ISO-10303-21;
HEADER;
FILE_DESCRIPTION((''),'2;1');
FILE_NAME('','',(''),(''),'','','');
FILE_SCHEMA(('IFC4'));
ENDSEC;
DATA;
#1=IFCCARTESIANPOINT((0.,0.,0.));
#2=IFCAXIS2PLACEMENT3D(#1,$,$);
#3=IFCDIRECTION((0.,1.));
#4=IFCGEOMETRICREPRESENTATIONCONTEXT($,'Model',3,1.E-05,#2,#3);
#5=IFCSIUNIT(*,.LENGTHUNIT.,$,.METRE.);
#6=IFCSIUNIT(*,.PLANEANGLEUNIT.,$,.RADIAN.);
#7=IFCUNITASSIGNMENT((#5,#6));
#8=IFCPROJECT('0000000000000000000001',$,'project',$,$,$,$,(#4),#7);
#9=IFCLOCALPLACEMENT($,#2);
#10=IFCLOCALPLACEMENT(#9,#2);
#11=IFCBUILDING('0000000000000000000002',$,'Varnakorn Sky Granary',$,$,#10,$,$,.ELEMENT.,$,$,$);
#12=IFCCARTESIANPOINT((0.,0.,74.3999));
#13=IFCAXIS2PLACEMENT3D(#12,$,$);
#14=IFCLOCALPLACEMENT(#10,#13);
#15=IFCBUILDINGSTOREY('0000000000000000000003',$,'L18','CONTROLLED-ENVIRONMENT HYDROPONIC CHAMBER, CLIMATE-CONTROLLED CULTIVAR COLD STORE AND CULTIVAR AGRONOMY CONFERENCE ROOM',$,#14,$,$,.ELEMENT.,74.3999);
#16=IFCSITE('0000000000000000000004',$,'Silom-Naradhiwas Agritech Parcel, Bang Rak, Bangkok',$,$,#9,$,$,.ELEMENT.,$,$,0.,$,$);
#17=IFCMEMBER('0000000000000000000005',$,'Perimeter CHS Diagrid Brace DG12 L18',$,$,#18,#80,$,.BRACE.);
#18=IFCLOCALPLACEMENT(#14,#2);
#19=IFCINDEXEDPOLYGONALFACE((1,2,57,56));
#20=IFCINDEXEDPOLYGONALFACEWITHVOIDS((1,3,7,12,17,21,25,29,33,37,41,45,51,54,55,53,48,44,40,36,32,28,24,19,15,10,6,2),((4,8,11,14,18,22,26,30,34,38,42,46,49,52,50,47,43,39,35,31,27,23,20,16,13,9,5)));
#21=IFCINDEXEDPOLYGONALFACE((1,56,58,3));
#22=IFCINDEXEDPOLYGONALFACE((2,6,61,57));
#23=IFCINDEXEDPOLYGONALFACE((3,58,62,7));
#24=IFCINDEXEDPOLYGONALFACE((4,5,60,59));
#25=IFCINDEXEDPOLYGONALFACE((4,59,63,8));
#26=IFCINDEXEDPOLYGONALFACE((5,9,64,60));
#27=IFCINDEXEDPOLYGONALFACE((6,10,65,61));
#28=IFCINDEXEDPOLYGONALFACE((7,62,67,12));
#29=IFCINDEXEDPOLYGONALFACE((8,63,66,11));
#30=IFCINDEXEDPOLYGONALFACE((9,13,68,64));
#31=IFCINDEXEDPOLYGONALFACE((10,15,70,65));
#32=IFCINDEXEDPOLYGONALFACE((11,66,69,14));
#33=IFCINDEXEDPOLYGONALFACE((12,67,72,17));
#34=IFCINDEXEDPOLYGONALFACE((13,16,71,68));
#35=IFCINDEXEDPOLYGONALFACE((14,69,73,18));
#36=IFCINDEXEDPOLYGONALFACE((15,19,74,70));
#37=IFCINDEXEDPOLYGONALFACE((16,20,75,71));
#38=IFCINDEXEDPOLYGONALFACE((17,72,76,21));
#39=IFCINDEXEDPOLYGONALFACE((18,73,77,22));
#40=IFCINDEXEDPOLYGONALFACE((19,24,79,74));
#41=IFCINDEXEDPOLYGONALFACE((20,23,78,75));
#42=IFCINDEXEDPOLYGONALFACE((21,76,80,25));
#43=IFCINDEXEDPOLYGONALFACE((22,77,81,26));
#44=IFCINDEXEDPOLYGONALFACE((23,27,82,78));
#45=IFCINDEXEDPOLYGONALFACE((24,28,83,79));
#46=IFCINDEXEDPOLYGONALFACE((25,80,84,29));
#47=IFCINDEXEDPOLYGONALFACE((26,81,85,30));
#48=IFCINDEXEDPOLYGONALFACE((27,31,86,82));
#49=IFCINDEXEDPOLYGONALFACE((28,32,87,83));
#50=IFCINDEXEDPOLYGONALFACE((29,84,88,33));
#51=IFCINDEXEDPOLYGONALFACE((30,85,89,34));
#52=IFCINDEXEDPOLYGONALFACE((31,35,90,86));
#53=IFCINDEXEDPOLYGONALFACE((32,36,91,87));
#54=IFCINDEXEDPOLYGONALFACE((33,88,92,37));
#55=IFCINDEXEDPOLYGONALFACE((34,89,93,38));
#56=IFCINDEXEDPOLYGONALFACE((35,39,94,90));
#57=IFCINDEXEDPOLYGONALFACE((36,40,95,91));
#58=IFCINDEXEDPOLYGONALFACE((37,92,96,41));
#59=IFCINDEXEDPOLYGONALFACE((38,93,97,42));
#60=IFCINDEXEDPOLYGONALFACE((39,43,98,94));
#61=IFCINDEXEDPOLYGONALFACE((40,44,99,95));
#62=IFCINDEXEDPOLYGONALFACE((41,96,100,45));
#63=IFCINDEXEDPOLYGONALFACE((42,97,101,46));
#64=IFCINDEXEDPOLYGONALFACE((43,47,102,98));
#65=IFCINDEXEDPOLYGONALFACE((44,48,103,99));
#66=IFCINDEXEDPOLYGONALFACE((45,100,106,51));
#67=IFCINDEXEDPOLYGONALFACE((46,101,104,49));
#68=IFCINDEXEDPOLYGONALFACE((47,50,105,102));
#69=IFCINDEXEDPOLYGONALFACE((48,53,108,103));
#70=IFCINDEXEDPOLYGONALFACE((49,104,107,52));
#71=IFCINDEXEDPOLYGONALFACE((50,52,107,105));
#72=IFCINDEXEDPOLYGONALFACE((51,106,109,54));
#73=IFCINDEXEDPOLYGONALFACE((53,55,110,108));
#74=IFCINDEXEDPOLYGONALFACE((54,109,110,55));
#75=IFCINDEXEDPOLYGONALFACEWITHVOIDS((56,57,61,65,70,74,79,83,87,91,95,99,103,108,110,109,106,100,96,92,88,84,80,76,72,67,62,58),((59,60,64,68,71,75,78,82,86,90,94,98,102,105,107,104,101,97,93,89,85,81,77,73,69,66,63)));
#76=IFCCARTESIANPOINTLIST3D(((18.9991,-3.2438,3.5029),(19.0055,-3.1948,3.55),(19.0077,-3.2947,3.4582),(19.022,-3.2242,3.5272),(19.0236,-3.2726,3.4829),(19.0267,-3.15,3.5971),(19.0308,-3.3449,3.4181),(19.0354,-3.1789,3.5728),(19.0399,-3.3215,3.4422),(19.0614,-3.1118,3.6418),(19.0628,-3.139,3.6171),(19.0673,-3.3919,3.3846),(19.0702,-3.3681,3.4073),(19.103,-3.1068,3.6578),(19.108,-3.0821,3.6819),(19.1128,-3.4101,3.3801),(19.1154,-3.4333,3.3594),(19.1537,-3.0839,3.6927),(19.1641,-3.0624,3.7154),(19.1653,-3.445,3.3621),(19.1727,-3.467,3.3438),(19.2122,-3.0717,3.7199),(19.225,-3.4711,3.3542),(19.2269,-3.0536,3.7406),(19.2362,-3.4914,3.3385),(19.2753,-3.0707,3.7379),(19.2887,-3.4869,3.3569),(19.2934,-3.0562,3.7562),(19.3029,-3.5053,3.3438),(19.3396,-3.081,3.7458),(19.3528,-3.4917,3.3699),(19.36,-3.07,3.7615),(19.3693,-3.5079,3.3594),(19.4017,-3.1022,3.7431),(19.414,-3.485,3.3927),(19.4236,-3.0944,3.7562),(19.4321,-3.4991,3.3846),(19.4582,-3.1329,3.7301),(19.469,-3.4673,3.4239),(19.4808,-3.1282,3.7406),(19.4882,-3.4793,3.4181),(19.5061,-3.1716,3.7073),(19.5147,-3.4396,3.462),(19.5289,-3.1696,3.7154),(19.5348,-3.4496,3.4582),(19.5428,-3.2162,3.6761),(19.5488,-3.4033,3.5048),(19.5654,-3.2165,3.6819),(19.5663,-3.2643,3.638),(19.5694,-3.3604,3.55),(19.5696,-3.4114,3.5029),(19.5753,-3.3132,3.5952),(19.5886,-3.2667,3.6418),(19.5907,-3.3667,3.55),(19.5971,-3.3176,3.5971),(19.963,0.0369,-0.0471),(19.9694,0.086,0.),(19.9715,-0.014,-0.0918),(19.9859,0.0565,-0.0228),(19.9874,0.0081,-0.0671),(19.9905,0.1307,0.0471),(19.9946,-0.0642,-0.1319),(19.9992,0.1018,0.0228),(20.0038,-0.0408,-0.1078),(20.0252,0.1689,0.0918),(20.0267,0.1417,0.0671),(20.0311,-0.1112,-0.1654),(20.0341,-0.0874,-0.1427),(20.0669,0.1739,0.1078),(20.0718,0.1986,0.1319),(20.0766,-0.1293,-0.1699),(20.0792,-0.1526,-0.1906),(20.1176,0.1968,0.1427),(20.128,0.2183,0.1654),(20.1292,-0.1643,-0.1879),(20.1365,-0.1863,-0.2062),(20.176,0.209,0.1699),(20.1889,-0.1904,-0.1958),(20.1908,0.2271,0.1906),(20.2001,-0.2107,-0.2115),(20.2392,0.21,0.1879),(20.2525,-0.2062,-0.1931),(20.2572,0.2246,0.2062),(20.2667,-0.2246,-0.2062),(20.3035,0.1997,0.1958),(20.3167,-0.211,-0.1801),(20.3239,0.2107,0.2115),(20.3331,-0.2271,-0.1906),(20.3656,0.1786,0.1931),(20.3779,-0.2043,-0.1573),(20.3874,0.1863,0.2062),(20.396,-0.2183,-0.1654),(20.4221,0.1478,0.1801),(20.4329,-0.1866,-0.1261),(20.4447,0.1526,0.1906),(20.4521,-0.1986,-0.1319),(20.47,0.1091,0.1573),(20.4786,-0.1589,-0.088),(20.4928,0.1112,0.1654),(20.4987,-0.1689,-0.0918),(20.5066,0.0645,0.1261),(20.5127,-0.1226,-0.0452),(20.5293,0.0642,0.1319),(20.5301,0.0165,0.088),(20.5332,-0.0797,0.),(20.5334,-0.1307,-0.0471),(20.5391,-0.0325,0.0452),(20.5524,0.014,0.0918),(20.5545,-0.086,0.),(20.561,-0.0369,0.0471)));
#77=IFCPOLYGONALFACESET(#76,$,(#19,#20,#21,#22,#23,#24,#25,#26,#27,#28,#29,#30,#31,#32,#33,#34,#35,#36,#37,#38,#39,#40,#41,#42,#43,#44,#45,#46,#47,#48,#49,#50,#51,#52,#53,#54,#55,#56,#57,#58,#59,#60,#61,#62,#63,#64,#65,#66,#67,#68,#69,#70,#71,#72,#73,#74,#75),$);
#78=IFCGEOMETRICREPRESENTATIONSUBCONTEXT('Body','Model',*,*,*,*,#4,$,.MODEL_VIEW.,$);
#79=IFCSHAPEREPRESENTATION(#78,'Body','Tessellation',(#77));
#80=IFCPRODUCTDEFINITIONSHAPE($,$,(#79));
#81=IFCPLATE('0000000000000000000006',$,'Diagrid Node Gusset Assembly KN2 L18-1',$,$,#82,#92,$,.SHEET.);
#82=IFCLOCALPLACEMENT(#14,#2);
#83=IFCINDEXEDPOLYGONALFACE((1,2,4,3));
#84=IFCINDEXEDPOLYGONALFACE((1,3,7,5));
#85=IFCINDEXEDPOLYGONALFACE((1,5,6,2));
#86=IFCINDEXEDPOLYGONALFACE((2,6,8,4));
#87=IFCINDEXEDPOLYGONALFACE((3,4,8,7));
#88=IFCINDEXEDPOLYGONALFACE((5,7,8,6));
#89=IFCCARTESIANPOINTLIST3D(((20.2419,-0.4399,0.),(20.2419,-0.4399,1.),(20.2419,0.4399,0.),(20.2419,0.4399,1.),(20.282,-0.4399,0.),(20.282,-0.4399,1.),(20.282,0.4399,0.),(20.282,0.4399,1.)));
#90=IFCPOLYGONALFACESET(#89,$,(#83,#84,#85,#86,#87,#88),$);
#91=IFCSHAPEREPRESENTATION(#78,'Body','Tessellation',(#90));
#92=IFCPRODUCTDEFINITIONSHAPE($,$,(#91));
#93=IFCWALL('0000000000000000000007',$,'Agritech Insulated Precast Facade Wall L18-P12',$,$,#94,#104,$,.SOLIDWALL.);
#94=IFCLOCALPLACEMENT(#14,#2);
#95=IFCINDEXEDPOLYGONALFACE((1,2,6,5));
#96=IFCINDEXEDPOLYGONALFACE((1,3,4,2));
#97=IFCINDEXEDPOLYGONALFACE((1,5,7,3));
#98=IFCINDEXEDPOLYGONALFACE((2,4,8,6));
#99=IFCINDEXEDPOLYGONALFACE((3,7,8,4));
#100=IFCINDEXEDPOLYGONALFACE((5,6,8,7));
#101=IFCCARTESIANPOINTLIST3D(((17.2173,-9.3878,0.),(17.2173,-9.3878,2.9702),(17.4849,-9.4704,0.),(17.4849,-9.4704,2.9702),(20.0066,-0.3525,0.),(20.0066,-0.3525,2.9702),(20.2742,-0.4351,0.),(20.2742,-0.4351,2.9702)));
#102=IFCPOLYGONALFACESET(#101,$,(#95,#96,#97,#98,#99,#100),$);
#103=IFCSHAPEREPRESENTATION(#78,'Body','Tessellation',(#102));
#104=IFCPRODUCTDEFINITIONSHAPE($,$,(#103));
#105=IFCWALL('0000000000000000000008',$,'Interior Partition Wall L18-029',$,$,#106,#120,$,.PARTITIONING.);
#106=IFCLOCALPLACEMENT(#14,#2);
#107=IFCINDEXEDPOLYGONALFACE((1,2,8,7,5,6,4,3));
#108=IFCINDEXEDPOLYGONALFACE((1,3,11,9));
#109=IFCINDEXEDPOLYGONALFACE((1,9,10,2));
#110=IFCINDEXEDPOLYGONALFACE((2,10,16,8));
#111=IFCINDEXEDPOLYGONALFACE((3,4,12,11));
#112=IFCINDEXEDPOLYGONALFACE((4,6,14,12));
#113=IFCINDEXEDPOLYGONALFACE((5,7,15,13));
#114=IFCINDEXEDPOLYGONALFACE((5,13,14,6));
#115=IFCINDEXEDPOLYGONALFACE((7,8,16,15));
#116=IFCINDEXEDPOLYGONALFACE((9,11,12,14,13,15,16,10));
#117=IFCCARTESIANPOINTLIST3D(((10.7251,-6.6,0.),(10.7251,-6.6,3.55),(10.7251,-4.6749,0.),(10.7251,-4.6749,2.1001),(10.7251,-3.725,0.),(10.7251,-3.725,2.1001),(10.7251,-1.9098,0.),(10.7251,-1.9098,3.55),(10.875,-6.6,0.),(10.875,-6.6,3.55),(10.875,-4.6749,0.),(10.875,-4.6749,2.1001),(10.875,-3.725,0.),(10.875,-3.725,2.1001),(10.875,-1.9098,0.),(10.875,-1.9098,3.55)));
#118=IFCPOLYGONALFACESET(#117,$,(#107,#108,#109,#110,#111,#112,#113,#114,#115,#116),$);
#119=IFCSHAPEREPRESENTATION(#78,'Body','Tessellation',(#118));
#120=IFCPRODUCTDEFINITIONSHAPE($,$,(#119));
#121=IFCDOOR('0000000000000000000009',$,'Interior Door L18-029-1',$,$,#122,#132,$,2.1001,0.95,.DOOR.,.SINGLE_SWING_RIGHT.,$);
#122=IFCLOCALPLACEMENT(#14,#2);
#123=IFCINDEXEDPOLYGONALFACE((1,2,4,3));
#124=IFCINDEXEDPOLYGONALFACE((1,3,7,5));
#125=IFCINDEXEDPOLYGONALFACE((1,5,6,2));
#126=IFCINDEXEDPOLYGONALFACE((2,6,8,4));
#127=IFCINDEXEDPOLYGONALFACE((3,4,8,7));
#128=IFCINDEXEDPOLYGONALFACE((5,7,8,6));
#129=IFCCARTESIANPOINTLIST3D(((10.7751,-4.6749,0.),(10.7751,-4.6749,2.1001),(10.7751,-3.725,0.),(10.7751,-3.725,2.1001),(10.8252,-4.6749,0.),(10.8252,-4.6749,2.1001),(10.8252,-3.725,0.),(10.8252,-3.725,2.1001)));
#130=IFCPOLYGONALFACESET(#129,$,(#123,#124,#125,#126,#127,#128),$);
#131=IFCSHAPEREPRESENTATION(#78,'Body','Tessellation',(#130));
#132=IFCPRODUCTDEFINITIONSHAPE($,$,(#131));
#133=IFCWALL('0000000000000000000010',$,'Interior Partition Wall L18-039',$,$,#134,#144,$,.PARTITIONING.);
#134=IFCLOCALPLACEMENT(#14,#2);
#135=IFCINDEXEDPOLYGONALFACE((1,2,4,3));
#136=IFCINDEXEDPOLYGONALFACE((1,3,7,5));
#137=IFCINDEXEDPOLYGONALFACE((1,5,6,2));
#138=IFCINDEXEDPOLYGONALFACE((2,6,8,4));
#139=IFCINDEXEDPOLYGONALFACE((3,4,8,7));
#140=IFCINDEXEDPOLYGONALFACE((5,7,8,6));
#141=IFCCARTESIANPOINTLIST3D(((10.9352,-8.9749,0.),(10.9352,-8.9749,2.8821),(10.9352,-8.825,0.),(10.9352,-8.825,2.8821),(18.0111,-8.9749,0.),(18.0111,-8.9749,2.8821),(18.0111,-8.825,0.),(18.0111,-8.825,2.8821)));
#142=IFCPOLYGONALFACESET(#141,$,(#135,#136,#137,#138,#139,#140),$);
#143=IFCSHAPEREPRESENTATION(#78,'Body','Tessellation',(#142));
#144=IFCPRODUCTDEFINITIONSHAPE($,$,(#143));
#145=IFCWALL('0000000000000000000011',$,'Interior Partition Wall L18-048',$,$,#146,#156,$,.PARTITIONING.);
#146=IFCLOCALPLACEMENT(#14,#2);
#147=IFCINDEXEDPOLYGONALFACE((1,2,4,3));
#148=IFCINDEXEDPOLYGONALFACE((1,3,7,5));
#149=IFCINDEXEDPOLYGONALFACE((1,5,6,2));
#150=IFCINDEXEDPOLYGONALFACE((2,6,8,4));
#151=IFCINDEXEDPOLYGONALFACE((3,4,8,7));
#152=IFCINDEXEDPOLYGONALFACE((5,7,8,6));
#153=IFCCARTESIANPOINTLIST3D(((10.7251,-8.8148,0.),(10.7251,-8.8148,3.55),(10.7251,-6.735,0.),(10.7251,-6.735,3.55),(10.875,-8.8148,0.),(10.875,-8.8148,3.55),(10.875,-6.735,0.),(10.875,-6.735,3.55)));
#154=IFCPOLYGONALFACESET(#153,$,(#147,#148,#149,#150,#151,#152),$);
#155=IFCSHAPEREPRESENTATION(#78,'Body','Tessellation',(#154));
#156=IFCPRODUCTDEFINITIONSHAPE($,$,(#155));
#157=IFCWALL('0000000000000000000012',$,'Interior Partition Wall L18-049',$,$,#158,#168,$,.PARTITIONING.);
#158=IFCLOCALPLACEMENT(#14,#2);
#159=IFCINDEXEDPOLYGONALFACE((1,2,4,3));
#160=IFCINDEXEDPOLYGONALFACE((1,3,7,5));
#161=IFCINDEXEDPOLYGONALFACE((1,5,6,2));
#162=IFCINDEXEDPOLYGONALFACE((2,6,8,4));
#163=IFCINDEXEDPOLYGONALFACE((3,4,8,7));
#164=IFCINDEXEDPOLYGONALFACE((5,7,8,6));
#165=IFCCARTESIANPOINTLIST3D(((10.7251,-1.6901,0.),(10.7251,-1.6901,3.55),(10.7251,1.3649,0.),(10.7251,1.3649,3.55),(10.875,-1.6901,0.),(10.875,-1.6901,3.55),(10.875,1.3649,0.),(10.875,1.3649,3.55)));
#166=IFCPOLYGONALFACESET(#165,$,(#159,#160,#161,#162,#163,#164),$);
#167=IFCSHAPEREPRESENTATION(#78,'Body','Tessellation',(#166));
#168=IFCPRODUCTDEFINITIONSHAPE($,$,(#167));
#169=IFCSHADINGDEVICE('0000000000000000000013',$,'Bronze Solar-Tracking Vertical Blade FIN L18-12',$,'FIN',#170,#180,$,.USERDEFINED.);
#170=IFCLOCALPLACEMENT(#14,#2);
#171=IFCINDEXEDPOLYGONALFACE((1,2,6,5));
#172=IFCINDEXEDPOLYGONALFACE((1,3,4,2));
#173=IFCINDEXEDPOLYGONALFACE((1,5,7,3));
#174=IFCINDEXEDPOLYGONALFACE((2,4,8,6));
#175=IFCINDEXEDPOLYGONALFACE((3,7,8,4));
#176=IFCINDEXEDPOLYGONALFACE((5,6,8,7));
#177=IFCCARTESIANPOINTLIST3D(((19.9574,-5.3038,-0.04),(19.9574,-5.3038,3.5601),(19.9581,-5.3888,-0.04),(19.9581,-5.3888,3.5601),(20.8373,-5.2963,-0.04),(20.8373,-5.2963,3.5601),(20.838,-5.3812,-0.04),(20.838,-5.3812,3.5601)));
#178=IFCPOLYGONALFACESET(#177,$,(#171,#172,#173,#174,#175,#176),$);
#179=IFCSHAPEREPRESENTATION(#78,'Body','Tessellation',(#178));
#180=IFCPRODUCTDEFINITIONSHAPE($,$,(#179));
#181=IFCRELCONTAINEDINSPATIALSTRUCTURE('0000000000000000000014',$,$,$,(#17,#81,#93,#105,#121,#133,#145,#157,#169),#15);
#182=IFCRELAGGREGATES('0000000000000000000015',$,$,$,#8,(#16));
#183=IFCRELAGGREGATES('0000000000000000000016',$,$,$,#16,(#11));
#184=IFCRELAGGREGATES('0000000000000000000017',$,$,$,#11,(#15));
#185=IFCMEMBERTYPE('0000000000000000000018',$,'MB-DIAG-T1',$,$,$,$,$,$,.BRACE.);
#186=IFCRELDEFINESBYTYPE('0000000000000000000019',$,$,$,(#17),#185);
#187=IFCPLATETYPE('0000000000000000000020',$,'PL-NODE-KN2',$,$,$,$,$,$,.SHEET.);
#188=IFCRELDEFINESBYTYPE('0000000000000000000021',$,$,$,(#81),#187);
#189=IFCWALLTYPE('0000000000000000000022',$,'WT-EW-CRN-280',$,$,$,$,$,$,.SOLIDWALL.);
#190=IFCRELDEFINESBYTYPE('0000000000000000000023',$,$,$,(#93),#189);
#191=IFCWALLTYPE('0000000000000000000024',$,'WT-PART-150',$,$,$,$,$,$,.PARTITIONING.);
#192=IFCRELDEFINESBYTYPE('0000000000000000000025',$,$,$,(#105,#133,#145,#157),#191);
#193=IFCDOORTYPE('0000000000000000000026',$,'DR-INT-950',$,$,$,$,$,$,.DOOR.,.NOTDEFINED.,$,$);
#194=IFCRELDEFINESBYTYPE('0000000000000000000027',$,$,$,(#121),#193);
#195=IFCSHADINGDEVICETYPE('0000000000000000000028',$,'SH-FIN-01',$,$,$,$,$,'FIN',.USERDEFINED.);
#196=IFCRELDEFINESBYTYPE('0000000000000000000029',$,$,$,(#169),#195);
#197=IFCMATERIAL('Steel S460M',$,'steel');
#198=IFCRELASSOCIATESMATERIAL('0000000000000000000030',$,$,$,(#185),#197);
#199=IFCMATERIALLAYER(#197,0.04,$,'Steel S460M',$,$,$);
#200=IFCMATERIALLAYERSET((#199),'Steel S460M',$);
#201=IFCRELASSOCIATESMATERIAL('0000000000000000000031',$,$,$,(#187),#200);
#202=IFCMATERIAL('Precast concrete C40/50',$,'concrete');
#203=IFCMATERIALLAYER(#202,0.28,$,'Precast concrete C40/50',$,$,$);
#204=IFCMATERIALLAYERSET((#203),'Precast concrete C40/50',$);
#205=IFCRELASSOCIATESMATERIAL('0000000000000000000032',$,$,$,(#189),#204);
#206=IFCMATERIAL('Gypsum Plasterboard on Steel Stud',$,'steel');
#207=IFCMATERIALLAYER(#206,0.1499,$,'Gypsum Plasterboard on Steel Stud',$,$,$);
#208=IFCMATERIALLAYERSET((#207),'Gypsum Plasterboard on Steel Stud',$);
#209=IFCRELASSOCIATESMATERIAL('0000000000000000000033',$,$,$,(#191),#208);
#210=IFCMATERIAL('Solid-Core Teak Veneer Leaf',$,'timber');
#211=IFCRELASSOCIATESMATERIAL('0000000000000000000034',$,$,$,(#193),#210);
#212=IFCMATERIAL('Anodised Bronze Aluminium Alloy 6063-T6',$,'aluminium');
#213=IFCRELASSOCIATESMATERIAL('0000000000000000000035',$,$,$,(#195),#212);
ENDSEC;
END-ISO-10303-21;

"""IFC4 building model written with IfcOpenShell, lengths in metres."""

from ifc_helpers import new_model, si_unit, direction, frame, frame_2d, origin, origin_2d, place, context, subcontext, project, spatial, rectangle, hollow_circle, extrude, source, transform, mapped, material, layer, layer_set, material_profile, profile_set, type_object, type_shapes, element, fill, save


model = new_model("IFC4")

# Units and contexts
model_context = context("Model", 3, precision=1e-05, world=origin(), true_north=direction((0.0, 1.0)))
body_context = subcontext(model_context, "Body", "Model", "MODEL_VIEW")
ifc_project = project(units=[si_unit("LENGTHUNIT", "METRE"), si_unit("PLANEANGLEUNIT", "RADIAN")], contexts=[model_context])

# Site, building, storey
site_placement = place(None, origin())
site = spatial("IfcSite", under=ifc_project, at=site_placement, Name="Silom-Naradhiwas Agritech Parcel, Bang Rak, Bangkok", CompositionType="ELEMENT", RefElevation=0.0)
building_placement = place(site_placement, origin())
building = spatial("IfcBuilding", under=site, at=building_placement, Name="Varnakorn Sky Granary", CompositionType="ELEMENT")
storey_placement = place(building_placement, frame((0.0, 0.0, 74.3999)))
storey = spatial("IfcBuildingStorey", under=building, at=storey_placement, Name="L18", Description="CONTROLLED-ENVIRONMENT HYDROPONIC CHAMBER, CLIMATE-CONTROLLED CULTIVAR COLD STORE AND CULTIVAR AGRONOMY CONFERENCE ROOM", CompositionType="ELEMENT", Elevation=74.3999)

# Shared definitions
ifc_material_1 = material(Name="Steel S460M", Category="steel")

# Shared definitions
ifc_material_2 = material(Name="Anodised Bronze Aluminium Alloy 6063-T6", Category="aluminium")

# Member
ifc_material_profile_1 = material_profile(ifc_material_1, hollow_circle(Radius=0.3049, WallThickness=0.0222, at=origin_2d()), Name="CHS 610x22")
ifc_profile_set_1 = profile_set([ifc_material_profile_1], Name="Steel S460M")
member_type_1 = type_object("IfcMemberType", Name="MB-DIAG-T1", PredefinedType="BRACE", material=ifc_profile_set_1)
for number, where, z_axis, x_axis, name in (
    (1, (20.262, 0.0, 0.0), (-0.195549, -0.665601, 0.720234), (0.95945, -0.28188, 0.0), "Perimeter CHS Diagrid Brace DG12 L18"),
):
    element("IfcMember", number, at=place(storey_placement, frame(where, z_axis=z_axis, x_axis=x_axis)), inside=storey, type_object=member_type_1, Name=name, PredefinedType="BRACE", context=body_context, shape_type="SweptSolid", body=[
        extrude(hollow_circle(Radius=0.3049, WallThickness=0.0222, at=origin_2d()), origin(), (0.0, 0.0, 1.0), 4.929),
    ])

# Plate
ifc_layer_1 = layer(ifc_material_1, 0.04, Name="Steel S460M")
ifc_layer_set_1 = layer_set([ifc_layer_1], Name="Steel S460M")
plate_type = type_object("IfcPlateType", Name="PL-NODE-KN2", PredefinedType="SHEET", material=ifc_layer_set_1)
plate_placement = place(storey_placement, frame((20.262, 0.0, 0.0), z_axis=(0.0, 0.0, 1.0), x_axis=(0.0, 1.0, 0.0)))
element("IfcPlate", 2, at=plate_placement, inside=storey, type_object=plate_type, Name="Diagrid Node Gusset Assembly KN2 L18-1", PredefinedType="SHEET", context=body_context, shape_type="SweptSolid", body=[
    extrude(rectangle(XDim=0.8799, YDim=0.04, at=origin_2d()), origin(), (0.0, 0.0, 1.0), 1.0),
])

# Wall
ifc_material_3 = material(Name="Precast concrete C40/50", Category="concrete")
ifc_layer_2 = layer(ifc_material_3, 0.28, Name="Precast concrete C40/50")
ifc_layer_set_2 = layer_set([ifc_layer_2], Name="Precast concrete C40/50")
wall_type_1 = type_object("IfcWallType", Name="WT-EW-CRN-280", PredefinedType="SOLIDWALL", material=ifc_layer_set_2)
wall_1_placement = place(storey_placement, frame((20.1404, -0.3938, 0.0), z_axis=(0.0, 0.0, 1.0), x_axis=(-0.294973, -0.955506, 0.0)))
element("IfcWall", 3, at=wall_1_placement, inside=storey, type_object=wall_type_1, Name="Agritech Insulated Precast Facade Wall L18-P12", PredefinedType="SOLIDWALL", context=body_context, shape_type="SweptSolid", body=[
    extrude(rectangle(XDim=9.4561, YDim=0.28, at=frame_2d((4.728, 0.0))), origin(), (0.0, 0.0, 1.0), 2.9702),
])

# Wall, opening, door
ifc_material_4 = material(Name="Gypsum Plasterboard on Steel Stud", Category="steel")
ifc_layer_3 = layer(ifc_material_4, 0.1499, Name="Gypsum Plasterboard on Steel Stud")
ifc_layer_set_3 = layer_set([ifc_layer_3], Name="Gypsum Plasterboard on Steel Stud")
wall_type_2 = type_object("IfcWallType", Name="WT-PART-150", PredefinedType="PARTITIONING", material=ifc_layer_set_3)
wall_2_placement = place(storey_placement, frame((10.8, -6.6001, 0.0), z_axis=(0.0, 0.0, 1.0), x_axis=(0.0, 1.0, 0.0)))
wall_2 = element("IfcWall", 4, at=wall_2_placement, inside=storey, type_object=wall_type_2, Name="Interior Partition Wall L18-029", PredefinedType="PARTITIONING", context=body_context, shape_type="SweptSolid", body=[
    extrude(rectangle(XDim=4.6902, YDim=0.1499, at=frame_2d((2.3452, 0.0))), origin(), (0.0, 0.0, 1.0), 3.55),
])
opening_placement = place(wall_2_placement, frame((1.925, 0.0, 0.0)))
opening = element("IfcOpeningElement", 5, at=opening_placement, cuts=wall_2, PredefinedType="OPENING", context=body_context, shape_type="SweptSolid", body=[
    extrude(rectangle(XDim=0.95, YDim=2.1001, at=frame_2d((0.4751, 1.05))), frame((0.0, 0.085, 0.0), z_axis=(0.0, -1.0, 0.0), x_axis=(1.0, 0.0, 0.0)), (0.0, 0.0, 1.0), 0.1699),
])
ifc_material_5 = material(Name="Solid-Core Teak Veneer Leaf", Category="timber")
door_type = type_object("IfcDoorType", Name="DR-INT-950", OperationType="NOTDEFINED", PredefinedType="DOOR", material=ifc_material_5)
door_placement = place(opening_placement, origin())
door = element("IfcDoor", 6, at=door_placement, inside=storey, type_object=door_type, Name="Interior Door L18-029-1", OperationType="SINGLE_SWING_RIGHT", OverallHeight=2.1001, OverallWidth=0.95, PredefinedType="DOOR", context=body_context, shape_type="SweptSolid", body=[
    extrude(rectangle(XDim=0.95, YDim=2.1001, at=frame_2d((0.4751, 1.05))), frame((0.0, 0.0249, 0.0), z_axis=(0.0, -1.0, 0.0), x_axis=(1.0, 0.0, 0.0)), (0.0, 0.0, 1.0), 0.05),
])
fill(opening, door)

# Walls
wall_3_placement = place(storey_placement, frame((10.9351, -8.8999, 0.0), z_axis=(0.0, 0.0, 1.0), x_axis=(1.0, 0.0, 0.0)))
element("IfcWall", 7, at=wall_3_placement, inside=storey, type_object=wall_type_2, Name="Interior Partition Wall L18-039", PredefinedType="PARTITIONING", context=body_context, shape_type="SweptSolid", body=[
    extrude(rectangle(XDim=7.0759, YDim=0.1499, at=frame_2d((3.5381, 0.0))), origin(), (0.0, 0.0, 1.0), 2.8821),
])
wall_4_placement = place(storey_placement, frame((10.8, -8.8149, 0.0), z_axis=(0.0, 0.0, 1.0), x_axis=(0.0, 1.0, 0.0)))
element("IfcWall", 8, at=wall_4_placement, inside=storey, type_object=wall_type_2, Name="Interior Partition Wall L18-048", PredefinedType="PARTITIONING", context=body_context, shape_type="SweptSolid", body=[
    extrude(rectangle(XDim=2.0798, YDim=0.1499, at=frame_2d((1.04, 0.0))), origin(), (0.0, 0.0, 1.0), 3.55),
])
wall_5_placement = place(storey_placement, frame((10.8, -1.6899, 0.0), z_axis=(0.0, 0.0, 1.0), x_axis=(0.0, 1.0, 0.0)))
element("IfcWall", 9, at=wall_5_placement, inside=storey, type_object=wall_type_2, Name="Interior Partition Wall L18-049", PredefinedType="PARTITIONING", context=body_context, shape_type="SweptSolid", body=[
    extrude(rectangle(XDim=3.0549, YDim=0.1499, at=frame_2d((1.5273, 0.0))), origin(), (0.0, 0.0, 1.0), 3.55),
])

# Shading device
shading_device_type = type_object("IfcShadingDeviceType", Name="SH-FIN-01", ElementType="FIN", PredefinedType="USERDEFINED", material=ifc_material_2)
shared_shape_1 = source(origin(), body_context, "Body", "SweptSolid", [
    extrude(rectangle(XDim=0.085, YDim=0.8799, at=origin_2d()), origin(), (0.0, 0.0, 1.0), 3.6001),
])
type_shapes(shading_device_type, [shared_shape_1])
shading_device_placement = place(storey_placement, frame((20.3977, -5.3425, -0.04), z_axis=(0.0, 0.0, 1.0), x_axis=(-0.008571, 0.999963, 0.0)))
element("IfcShadingDevice", 10, at=shading_device_placement, inside=storey, type_object=shading_device_type, Name="Bronze Solar-Tracking Vertical Blade FIN L18-12", ObjectType="FIN", PredefinedType="USERDEFINED", context=body_context, shape_type="MappedRepresentation", body=[
    mapped(shared_shape_1, transform((0.0, 0.0, 0.0), x_axis=(1.0, 0.0, 0.0), y_axis=(0.0, 1.0, 0.0), z_axis=(0.0, 0.0, 1.0), scale=1.0)),
])

save(model, "model.ifc")
